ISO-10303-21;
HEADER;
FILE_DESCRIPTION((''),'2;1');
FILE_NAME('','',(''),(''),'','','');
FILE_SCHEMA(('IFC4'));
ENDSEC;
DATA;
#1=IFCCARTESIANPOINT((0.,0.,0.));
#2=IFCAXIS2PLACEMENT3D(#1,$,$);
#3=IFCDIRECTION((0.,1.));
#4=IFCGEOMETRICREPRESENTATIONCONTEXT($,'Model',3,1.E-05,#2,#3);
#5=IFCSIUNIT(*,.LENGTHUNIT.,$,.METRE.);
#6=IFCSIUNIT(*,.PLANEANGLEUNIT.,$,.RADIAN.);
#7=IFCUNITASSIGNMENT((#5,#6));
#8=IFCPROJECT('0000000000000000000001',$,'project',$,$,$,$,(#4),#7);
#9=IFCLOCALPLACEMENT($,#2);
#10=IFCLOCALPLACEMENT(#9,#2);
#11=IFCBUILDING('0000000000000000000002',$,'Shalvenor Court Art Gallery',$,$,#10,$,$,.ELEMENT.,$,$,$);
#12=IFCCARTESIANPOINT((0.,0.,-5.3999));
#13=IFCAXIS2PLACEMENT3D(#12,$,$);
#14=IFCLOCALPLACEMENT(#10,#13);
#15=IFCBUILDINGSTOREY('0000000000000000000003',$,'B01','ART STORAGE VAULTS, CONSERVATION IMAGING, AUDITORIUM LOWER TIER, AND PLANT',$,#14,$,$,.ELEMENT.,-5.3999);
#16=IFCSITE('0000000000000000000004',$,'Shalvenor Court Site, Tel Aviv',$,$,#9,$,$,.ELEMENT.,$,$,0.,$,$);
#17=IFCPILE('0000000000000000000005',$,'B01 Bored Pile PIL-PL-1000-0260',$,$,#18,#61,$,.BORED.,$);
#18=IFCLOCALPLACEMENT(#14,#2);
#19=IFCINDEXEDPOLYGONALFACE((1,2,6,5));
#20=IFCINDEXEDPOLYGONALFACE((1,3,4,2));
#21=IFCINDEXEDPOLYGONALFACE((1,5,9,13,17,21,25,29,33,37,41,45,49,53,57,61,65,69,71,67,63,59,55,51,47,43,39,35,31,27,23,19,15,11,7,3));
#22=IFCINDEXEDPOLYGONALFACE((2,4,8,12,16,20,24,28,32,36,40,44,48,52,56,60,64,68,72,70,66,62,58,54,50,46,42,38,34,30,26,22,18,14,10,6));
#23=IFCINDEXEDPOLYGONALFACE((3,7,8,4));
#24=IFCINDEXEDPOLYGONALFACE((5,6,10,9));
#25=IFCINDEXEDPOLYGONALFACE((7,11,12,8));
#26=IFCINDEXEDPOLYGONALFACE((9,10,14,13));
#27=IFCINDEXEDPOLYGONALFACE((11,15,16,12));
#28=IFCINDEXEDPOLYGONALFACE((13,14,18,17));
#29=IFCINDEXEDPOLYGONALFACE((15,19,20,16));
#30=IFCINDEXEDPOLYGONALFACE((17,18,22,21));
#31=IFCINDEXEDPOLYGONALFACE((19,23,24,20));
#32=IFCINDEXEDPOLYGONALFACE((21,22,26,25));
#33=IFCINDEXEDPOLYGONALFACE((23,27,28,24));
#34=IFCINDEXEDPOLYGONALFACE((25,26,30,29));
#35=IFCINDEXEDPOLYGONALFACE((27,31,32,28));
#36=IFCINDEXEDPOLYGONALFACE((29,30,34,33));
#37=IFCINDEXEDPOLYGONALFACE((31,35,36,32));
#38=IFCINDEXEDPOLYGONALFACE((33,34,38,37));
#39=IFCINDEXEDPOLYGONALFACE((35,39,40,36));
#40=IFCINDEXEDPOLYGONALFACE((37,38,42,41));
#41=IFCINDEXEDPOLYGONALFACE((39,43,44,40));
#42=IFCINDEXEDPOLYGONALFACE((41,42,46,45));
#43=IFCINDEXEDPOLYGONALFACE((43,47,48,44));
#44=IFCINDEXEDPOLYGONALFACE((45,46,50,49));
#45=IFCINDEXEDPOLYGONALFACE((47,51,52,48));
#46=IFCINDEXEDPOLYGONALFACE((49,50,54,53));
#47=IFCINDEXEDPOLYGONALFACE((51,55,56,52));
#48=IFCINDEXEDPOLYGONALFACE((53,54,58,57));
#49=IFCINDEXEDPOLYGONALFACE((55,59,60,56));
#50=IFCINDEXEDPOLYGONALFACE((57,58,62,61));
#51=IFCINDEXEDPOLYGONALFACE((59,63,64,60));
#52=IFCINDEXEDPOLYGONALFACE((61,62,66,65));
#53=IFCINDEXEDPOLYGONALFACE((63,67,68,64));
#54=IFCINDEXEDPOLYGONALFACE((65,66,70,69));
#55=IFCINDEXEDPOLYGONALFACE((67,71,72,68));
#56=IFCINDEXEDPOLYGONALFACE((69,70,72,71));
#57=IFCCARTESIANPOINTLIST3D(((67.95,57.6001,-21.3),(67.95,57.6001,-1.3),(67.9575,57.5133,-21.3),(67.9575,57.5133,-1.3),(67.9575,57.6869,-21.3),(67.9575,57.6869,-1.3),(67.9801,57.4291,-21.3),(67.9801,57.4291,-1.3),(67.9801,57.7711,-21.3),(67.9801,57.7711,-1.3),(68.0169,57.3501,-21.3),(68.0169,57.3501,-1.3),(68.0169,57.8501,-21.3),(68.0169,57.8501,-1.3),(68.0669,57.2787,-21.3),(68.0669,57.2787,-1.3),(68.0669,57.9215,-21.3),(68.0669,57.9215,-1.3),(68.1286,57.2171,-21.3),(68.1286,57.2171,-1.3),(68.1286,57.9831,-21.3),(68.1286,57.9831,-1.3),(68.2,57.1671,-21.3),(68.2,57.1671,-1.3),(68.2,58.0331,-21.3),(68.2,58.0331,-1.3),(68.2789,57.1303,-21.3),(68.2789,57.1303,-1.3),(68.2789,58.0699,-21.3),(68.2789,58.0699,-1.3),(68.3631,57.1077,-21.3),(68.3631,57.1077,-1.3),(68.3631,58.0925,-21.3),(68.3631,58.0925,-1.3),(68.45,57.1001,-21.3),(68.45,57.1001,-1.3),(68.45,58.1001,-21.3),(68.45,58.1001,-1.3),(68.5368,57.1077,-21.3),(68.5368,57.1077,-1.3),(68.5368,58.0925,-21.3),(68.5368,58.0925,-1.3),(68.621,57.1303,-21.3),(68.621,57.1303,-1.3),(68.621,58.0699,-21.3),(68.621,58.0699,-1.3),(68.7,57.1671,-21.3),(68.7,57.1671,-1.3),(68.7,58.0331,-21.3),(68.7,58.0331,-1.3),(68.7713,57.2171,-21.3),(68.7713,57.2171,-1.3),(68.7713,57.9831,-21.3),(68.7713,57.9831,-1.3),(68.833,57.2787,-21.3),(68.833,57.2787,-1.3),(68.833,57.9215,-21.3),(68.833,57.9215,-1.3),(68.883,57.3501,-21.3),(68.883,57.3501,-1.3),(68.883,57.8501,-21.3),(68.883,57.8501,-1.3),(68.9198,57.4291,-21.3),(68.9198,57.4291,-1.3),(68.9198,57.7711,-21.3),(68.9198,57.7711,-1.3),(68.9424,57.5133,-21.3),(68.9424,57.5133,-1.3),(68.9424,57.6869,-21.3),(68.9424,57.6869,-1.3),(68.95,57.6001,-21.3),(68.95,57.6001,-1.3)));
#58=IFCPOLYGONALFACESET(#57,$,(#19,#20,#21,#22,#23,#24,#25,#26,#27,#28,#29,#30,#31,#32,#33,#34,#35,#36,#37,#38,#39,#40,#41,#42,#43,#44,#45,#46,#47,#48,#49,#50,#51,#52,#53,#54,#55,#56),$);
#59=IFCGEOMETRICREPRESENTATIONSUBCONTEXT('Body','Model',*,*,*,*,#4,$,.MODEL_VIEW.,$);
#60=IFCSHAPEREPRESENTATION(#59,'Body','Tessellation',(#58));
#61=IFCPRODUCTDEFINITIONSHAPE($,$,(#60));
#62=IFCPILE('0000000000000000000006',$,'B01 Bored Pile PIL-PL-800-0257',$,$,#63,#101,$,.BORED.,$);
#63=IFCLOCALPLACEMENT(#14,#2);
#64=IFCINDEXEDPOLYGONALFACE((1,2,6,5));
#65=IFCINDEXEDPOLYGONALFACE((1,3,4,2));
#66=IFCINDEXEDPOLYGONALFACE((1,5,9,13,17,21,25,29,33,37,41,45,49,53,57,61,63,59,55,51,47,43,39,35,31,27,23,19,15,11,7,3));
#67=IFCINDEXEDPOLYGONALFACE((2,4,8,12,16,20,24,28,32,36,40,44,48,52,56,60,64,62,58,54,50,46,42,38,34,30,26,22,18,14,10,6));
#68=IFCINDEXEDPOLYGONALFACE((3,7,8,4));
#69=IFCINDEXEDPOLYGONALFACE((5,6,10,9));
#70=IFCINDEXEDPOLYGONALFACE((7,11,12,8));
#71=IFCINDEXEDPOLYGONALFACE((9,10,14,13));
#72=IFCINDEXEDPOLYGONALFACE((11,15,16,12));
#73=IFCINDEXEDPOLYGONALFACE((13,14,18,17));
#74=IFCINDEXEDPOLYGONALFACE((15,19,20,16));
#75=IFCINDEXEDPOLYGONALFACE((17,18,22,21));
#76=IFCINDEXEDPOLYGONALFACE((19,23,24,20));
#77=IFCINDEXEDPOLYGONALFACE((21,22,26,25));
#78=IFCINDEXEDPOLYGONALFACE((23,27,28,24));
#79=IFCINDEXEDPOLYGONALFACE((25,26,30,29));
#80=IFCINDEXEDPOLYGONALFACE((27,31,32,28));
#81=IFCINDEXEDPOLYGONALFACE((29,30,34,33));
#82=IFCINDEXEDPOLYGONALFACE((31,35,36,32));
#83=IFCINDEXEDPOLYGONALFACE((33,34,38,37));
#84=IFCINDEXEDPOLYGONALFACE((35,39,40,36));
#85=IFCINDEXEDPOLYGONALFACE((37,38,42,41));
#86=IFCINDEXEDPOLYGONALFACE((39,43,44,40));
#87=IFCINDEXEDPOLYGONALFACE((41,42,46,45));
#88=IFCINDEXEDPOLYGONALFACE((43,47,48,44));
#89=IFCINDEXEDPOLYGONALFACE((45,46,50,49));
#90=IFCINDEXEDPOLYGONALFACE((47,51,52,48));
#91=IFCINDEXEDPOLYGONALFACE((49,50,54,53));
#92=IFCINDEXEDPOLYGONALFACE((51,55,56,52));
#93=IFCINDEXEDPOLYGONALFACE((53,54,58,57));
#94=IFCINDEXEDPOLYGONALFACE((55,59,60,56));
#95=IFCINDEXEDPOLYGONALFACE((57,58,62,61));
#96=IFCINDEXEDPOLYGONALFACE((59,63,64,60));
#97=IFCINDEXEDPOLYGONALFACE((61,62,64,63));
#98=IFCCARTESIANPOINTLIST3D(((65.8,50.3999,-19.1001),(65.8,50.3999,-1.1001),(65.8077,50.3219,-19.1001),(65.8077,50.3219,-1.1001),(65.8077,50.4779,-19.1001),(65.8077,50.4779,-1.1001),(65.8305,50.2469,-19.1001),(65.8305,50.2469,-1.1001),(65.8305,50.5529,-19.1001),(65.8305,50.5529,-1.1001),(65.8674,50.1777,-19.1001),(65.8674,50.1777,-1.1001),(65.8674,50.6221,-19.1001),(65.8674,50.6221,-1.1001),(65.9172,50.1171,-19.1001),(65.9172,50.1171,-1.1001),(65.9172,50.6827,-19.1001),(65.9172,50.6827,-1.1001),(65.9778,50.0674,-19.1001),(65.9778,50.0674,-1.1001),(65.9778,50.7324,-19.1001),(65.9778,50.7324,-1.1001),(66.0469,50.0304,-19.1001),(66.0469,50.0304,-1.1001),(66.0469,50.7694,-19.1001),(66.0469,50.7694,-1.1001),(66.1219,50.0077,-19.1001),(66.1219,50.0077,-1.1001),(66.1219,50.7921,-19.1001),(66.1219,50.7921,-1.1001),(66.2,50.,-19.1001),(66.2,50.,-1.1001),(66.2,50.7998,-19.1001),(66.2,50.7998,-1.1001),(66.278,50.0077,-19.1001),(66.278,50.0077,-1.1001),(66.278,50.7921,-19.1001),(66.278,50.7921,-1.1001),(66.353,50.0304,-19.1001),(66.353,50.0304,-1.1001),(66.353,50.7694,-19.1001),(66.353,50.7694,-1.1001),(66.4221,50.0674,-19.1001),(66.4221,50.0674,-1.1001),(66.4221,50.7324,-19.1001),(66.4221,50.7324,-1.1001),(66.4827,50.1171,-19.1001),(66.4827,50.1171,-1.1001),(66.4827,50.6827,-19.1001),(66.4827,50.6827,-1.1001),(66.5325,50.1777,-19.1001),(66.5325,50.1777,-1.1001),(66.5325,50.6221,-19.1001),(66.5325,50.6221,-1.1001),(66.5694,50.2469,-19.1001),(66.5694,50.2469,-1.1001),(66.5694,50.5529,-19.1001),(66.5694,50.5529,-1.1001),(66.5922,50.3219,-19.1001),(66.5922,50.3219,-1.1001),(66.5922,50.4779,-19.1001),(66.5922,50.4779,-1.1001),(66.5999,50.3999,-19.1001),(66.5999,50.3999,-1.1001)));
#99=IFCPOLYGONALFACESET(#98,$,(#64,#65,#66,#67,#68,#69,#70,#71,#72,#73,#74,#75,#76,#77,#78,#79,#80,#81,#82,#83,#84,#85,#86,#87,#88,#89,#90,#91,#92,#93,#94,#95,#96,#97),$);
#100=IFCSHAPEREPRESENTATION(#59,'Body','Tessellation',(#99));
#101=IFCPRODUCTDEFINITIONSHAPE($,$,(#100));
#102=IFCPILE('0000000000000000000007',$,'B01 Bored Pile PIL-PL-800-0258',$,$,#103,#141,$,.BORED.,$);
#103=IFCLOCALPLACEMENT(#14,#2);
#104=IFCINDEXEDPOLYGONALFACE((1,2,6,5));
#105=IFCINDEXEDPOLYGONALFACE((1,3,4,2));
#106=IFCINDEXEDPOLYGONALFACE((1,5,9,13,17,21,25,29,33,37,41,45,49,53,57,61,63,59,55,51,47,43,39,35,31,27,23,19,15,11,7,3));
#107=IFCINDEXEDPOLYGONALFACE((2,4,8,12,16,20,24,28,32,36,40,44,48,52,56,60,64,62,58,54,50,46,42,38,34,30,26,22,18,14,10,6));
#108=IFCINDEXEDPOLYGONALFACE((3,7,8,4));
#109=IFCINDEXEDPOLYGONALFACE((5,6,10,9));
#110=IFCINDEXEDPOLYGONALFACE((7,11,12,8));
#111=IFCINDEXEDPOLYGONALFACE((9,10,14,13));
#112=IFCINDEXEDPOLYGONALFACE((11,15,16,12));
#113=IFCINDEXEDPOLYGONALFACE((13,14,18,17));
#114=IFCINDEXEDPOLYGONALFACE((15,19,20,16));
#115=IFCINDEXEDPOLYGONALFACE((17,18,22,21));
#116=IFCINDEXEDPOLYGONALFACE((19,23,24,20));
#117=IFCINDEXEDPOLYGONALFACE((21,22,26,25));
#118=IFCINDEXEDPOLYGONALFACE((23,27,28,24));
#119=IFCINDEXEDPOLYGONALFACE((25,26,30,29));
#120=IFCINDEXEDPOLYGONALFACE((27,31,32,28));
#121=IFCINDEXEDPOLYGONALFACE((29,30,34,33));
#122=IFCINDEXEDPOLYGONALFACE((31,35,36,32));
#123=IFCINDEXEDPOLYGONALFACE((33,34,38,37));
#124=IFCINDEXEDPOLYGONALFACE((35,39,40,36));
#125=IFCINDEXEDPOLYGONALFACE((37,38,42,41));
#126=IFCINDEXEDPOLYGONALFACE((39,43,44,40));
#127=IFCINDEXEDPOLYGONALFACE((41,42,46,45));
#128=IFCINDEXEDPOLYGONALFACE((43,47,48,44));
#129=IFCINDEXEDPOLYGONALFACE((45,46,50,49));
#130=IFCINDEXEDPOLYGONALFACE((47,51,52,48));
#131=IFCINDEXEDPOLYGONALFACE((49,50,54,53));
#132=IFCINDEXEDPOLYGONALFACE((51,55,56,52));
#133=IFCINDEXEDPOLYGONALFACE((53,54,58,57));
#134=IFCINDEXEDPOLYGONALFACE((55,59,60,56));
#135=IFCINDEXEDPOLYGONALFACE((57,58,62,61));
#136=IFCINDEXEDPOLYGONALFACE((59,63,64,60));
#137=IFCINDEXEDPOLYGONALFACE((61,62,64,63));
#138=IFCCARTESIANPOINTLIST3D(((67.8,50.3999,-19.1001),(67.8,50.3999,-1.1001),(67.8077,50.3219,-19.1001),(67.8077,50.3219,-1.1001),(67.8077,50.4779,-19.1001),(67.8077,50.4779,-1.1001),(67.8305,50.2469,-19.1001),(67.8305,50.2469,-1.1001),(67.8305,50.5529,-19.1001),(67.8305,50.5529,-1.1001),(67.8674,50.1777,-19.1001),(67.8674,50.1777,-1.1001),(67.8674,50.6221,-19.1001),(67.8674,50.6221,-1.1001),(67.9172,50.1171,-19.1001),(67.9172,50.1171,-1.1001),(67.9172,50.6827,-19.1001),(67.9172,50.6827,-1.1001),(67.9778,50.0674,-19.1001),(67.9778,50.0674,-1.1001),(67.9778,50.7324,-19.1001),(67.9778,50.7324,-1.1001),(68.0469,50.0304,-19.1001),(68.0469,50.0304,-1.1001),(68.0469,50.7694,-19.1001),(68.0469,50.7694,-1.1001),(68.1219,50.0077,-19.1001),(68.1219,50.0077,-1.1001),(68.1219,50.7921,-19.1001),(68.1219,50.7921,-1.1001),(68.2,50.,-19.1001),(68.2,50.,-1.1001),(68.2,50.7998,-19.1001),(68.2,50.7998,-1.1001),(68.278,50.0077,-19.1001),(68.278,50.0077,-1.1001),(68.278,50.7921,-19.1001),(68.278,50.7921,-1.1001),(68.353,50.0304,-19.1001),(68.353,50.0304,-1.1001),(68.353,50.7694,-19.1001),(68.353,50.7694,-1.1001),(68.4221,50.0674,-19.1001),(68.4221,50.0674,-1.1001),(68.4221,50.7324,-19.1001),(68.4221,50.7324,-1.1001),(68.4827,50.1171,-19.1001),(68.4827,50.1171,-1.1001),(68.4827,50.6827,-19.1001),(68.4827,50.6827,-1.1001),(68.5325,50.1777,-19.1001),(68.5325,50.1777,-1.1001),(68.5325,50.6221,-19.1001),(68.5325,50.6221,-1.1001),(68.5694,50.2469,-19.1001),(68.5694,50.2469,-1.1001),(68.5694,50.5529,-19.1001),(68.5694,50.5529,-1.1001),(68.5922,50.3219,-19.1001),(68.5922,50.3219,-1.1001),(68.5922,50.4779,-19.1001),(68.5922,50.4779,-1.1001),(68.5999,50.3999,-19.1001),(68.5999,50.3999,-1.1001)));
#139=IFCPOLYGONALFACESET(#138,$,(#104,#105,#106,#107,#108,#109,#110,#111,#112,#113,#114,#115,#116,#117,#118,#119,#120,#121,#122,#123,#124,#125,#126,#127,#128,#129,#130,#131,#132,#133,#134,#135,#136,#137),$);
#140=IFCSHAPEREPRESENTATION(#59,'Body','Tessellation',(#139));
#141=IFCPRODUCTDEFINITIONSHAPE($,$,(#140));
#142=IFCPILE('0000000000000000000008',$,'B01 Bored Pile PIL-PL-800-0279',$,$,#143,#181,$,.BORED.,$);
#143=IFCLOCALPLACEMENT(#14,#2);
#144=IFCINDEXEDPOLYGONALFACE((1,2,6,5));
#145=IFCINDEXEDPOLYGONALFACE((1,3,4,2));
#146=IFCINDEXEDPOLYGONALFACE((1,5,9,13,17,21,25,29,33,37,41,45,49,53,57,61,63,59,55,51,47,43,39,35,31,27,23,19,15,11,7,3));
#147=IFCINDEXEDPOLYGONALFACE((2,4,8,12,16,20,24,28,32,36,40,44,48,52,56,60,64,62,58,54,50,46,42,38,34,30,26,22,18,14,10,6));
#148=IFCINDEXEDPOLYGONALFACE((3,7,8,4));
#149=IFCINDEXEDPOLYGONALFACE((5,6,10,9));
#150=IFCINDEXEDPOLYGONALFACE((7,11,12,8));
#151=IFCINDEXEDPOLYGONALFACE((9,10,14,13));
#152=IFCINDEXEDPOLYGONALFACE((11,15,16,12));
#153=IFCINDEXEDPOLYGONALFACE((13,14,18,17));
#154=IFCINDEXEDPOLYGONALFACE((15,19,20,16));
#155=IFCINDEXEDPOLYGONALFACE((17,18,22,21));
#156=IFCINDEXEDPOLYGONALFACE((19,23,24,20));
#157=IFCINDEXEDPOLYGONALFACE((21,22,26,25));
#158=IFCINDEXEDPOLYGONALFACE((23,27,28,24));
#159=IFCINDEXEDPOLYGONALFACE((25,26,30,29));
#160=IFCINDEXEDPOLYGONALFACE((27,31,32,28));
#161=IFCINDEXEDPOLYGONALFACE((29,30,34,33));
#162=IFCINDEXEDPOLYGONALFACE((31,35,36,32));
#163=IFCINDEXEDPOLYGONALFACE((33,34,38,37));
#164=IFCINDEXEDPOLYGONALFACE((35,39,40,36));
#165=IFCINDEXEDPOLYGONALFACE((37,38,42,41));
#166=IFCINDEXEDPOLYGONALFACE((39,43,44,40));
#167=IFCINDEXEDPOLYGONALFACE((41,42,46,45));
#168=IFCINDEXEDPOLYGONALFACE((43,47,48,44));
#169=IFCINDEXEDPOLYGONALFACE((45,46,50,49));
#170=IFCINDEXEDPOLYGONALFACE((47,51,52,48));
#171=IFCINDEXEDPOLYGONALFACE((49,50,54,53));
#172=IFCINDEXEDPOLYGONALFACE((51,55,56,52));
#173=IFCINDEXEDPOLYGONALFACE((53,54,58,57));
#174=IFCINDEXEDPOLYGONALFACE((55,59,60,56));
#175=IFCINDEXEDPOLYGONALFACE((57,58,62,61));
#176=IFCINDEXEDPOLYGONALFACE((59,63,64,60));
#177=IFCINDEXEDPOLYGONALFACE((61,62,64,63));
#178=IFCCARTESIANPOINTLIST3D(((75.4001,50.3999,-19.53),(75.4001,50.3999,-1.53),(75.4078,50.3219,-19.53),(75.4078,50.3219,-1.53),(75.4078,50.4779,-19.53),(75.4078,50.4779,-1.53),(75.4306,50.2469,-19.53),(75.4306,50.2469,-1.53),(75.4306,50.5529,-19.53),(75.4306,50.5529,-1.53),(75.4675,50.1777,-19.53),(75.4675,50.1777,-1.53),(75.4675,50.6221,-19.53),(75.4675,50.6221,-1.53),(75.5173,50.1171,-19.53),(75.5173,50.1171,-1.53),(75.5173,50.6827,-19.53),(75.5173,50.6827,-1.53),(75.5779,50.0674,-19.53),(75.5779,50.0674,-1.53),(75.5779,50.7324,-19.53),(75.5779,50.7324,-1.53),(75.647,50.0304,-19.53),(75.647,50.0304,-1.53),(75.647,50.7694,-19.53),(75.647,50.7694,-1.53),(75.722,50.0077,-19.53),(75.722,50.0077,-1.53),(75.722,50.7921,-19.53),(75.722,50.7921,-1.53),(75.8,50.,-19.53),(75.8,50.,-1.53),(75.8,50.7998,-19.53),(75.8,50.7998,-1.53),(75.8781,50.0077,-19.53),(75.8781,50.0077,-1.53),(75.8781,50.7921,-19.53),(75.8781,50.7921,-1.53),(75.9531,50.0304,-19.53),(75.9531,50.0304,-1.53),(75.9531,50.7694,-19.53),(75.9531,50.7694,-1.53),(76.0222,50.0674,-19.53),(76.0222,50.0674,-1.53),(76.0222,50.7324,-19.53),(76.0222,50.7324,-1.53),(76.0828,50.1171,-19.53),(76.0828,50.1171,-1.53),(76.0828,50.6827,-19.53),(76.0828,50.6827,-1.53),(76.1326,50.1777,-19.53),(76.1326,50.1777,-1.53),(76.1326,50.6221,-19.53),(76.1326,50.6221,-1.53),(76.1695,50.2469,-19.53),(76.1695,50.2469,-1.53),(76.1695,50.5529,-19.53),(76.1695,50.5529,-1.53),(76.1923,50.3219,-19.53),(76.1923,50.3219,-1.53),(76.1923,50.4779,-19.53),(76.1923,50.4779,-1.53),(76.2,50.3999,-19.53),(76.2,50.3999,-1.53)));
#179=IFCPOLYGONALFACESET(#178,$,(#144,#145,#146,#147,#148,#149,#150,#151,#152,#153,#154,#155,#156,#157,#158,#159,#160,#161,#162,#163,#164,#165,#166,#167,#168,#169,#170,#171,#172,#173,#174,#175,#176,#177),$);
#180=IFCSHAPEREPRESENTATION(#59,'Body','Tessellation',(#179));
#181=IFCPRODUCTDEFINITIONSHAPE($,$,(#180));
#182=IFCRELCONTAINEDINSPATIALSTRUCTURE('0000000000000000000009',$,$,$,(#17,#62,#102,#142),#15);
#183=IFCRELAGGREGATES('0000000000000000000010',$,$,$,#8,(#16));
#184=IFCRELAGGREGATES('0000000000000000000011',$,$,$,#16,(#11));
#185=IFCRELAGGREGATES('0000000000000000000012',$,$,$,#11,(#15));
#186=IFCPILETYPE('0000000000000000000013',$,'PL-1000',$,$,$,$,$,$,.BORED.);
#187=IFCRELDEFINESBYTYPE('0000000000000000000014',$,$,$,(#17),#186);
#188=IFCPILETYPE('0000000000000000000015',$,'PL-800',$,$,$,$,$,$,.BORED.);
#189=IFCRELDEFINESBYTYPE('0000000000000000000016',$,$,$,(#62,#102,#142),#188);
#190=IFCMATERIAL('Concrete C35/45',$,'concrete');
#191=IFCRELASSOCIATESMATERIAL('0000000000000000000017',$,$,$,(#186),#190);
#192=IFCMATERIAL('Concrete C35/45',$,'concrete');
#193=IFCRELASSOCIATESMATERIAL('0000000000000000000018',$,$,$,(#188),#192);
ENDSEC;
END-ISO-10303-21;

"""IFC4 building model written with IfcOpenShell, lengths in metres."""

from ifc_helpers import new_model, si_unit, direction, frame, origin, origin_2d, place, context, subcontext, project, spatial, circle, extrude, material, material_profile, profile_set, type_object, element, save


model = new_model("IFC4")

# Units and contexts
model_context = context("Model", 3, precision=1e-05, world=origin(), true_north=direction((0.0, 1.0)))
body_context = subcontext(model_context, "Body", "Model", "MODEL_VIEW")
ifc_project = project(units=[si_unit("LENGTHUNIT", "METRE"), si_unit("PLANEANGLEUNIT", "RADIAN")], contexts=[model_context])

# Site, building, storey
site_placement = place(None, origin())
site = spatial("IfcSite", under=ifc_project, at=site_placement, Name="Shalvenor Court Site, Tel Aviv", CompositionType="ELEMENT", RefElevation=0.0)
building_placement = place(site_placement, origin())
building = spatial("IfcBuilding", under=site, at=building_placement, Name="Shalvenor Court Art Gallery", CompositionType="ELEMENT")
storey_placement = place(building_placement, frame((0.0, 0.0, -5.3999)))
storey = spatial("IfcBuildingStorey", under=building, at=storey_placement, Name="B01", Description="ART STORAGE VAULTS, CONSERVATION IMAGING, AUDITORIUM LOWER TIER, AND PLANT", CompositionType="ELEMENT", Elevation=-5.3999)

# Piles
ifc_material_1 = material(Name="Concrete C35/45", Category="concrete")
ifc_material_profile_1 = material_profile(ifc_material_1, circle(Radius=0.5, at=origin_2d()), Name="PILE 1000")
ifc_profile_set_1 = profile_set([ifc_material_profile_1], Name="Concrete C35/45")
pile_type_1 = type_object("IfcPileType", Name="PL-1000", PredefinedType="BORED", material=ifc_profile_set_1)
for number, where, z_axis, x_axis, name in (
    (1, (68.45, 57.6001, -1.3), (0.0, 0.0, -1.0), (1.0, 0.0, 0.0), "B01 Bored Pile PIL-PL-1000-0260"),
):
    element("IfcPile", number, at=place(storey_placement, frame(where, z_axis=z_axis, x_axis=x_axis)), inside=storey, type_object=pile_type_1, Name=name, PredefinedType="BORED", context=body_context, shape_type="SweptSolid", body=[
        extrude(circle(Radius=0.5, at=origin_2d()), origin(), (0.0, 0.0, 1.0), 20.0),
    ])
ifc_material_2 = material(Name="Concrete C35/45", Category="concrete")
ifc_material_profile_2 = material_profile(ifc_material_2, circle(Radius=0.3999, at=origin_2d()), Name="PILE 800")
ifc_profile_set_2 = profile_set([ifc_material_profile_2], Name="Concrete C35/45")
pile_type_2 = type_object("IfcPileType", Name="PL-800", PredefinedType="BORED", material=ifc_profile_set_2)
for number, where, z_axis, x_axis, name in (
    (2, (66.2, 50.3999, -1.1001), (0.0, 0.0, -1.0), (1.0, 0.0, 0.0), "B01 Bored Pile PIL-PL-800-0257"),
    (3, (68.2, 50.3999, -1.1001), (0.0, 0.0, -1.0), (1.0, 0.0, 0.0), "B01 Bored Pile PIL-PL-800-0258"),
    (4, (75.8, 50.3999, -1.53), (0.0, 0.0, -1.0), (1.0, 0.0, 0.0), "B01 Bored Pile PIL-PL-800-0279"),
):
    element("IfcPile", number, at=place(storey_placement, frame(where, z_axis=z_axis, x_axis=x_axis)), inside=storey, type_object=pile_type_2, Name=name, PredefinedType="BORED", context=body_context, shape_type="SweptSolid", body=[
        extrude(circle(Radius=0.3999, at=origin_2d()), origin(), (0.0, 0.0, 1.0), 18.0),
    ])

save(model, "model.ifc")
